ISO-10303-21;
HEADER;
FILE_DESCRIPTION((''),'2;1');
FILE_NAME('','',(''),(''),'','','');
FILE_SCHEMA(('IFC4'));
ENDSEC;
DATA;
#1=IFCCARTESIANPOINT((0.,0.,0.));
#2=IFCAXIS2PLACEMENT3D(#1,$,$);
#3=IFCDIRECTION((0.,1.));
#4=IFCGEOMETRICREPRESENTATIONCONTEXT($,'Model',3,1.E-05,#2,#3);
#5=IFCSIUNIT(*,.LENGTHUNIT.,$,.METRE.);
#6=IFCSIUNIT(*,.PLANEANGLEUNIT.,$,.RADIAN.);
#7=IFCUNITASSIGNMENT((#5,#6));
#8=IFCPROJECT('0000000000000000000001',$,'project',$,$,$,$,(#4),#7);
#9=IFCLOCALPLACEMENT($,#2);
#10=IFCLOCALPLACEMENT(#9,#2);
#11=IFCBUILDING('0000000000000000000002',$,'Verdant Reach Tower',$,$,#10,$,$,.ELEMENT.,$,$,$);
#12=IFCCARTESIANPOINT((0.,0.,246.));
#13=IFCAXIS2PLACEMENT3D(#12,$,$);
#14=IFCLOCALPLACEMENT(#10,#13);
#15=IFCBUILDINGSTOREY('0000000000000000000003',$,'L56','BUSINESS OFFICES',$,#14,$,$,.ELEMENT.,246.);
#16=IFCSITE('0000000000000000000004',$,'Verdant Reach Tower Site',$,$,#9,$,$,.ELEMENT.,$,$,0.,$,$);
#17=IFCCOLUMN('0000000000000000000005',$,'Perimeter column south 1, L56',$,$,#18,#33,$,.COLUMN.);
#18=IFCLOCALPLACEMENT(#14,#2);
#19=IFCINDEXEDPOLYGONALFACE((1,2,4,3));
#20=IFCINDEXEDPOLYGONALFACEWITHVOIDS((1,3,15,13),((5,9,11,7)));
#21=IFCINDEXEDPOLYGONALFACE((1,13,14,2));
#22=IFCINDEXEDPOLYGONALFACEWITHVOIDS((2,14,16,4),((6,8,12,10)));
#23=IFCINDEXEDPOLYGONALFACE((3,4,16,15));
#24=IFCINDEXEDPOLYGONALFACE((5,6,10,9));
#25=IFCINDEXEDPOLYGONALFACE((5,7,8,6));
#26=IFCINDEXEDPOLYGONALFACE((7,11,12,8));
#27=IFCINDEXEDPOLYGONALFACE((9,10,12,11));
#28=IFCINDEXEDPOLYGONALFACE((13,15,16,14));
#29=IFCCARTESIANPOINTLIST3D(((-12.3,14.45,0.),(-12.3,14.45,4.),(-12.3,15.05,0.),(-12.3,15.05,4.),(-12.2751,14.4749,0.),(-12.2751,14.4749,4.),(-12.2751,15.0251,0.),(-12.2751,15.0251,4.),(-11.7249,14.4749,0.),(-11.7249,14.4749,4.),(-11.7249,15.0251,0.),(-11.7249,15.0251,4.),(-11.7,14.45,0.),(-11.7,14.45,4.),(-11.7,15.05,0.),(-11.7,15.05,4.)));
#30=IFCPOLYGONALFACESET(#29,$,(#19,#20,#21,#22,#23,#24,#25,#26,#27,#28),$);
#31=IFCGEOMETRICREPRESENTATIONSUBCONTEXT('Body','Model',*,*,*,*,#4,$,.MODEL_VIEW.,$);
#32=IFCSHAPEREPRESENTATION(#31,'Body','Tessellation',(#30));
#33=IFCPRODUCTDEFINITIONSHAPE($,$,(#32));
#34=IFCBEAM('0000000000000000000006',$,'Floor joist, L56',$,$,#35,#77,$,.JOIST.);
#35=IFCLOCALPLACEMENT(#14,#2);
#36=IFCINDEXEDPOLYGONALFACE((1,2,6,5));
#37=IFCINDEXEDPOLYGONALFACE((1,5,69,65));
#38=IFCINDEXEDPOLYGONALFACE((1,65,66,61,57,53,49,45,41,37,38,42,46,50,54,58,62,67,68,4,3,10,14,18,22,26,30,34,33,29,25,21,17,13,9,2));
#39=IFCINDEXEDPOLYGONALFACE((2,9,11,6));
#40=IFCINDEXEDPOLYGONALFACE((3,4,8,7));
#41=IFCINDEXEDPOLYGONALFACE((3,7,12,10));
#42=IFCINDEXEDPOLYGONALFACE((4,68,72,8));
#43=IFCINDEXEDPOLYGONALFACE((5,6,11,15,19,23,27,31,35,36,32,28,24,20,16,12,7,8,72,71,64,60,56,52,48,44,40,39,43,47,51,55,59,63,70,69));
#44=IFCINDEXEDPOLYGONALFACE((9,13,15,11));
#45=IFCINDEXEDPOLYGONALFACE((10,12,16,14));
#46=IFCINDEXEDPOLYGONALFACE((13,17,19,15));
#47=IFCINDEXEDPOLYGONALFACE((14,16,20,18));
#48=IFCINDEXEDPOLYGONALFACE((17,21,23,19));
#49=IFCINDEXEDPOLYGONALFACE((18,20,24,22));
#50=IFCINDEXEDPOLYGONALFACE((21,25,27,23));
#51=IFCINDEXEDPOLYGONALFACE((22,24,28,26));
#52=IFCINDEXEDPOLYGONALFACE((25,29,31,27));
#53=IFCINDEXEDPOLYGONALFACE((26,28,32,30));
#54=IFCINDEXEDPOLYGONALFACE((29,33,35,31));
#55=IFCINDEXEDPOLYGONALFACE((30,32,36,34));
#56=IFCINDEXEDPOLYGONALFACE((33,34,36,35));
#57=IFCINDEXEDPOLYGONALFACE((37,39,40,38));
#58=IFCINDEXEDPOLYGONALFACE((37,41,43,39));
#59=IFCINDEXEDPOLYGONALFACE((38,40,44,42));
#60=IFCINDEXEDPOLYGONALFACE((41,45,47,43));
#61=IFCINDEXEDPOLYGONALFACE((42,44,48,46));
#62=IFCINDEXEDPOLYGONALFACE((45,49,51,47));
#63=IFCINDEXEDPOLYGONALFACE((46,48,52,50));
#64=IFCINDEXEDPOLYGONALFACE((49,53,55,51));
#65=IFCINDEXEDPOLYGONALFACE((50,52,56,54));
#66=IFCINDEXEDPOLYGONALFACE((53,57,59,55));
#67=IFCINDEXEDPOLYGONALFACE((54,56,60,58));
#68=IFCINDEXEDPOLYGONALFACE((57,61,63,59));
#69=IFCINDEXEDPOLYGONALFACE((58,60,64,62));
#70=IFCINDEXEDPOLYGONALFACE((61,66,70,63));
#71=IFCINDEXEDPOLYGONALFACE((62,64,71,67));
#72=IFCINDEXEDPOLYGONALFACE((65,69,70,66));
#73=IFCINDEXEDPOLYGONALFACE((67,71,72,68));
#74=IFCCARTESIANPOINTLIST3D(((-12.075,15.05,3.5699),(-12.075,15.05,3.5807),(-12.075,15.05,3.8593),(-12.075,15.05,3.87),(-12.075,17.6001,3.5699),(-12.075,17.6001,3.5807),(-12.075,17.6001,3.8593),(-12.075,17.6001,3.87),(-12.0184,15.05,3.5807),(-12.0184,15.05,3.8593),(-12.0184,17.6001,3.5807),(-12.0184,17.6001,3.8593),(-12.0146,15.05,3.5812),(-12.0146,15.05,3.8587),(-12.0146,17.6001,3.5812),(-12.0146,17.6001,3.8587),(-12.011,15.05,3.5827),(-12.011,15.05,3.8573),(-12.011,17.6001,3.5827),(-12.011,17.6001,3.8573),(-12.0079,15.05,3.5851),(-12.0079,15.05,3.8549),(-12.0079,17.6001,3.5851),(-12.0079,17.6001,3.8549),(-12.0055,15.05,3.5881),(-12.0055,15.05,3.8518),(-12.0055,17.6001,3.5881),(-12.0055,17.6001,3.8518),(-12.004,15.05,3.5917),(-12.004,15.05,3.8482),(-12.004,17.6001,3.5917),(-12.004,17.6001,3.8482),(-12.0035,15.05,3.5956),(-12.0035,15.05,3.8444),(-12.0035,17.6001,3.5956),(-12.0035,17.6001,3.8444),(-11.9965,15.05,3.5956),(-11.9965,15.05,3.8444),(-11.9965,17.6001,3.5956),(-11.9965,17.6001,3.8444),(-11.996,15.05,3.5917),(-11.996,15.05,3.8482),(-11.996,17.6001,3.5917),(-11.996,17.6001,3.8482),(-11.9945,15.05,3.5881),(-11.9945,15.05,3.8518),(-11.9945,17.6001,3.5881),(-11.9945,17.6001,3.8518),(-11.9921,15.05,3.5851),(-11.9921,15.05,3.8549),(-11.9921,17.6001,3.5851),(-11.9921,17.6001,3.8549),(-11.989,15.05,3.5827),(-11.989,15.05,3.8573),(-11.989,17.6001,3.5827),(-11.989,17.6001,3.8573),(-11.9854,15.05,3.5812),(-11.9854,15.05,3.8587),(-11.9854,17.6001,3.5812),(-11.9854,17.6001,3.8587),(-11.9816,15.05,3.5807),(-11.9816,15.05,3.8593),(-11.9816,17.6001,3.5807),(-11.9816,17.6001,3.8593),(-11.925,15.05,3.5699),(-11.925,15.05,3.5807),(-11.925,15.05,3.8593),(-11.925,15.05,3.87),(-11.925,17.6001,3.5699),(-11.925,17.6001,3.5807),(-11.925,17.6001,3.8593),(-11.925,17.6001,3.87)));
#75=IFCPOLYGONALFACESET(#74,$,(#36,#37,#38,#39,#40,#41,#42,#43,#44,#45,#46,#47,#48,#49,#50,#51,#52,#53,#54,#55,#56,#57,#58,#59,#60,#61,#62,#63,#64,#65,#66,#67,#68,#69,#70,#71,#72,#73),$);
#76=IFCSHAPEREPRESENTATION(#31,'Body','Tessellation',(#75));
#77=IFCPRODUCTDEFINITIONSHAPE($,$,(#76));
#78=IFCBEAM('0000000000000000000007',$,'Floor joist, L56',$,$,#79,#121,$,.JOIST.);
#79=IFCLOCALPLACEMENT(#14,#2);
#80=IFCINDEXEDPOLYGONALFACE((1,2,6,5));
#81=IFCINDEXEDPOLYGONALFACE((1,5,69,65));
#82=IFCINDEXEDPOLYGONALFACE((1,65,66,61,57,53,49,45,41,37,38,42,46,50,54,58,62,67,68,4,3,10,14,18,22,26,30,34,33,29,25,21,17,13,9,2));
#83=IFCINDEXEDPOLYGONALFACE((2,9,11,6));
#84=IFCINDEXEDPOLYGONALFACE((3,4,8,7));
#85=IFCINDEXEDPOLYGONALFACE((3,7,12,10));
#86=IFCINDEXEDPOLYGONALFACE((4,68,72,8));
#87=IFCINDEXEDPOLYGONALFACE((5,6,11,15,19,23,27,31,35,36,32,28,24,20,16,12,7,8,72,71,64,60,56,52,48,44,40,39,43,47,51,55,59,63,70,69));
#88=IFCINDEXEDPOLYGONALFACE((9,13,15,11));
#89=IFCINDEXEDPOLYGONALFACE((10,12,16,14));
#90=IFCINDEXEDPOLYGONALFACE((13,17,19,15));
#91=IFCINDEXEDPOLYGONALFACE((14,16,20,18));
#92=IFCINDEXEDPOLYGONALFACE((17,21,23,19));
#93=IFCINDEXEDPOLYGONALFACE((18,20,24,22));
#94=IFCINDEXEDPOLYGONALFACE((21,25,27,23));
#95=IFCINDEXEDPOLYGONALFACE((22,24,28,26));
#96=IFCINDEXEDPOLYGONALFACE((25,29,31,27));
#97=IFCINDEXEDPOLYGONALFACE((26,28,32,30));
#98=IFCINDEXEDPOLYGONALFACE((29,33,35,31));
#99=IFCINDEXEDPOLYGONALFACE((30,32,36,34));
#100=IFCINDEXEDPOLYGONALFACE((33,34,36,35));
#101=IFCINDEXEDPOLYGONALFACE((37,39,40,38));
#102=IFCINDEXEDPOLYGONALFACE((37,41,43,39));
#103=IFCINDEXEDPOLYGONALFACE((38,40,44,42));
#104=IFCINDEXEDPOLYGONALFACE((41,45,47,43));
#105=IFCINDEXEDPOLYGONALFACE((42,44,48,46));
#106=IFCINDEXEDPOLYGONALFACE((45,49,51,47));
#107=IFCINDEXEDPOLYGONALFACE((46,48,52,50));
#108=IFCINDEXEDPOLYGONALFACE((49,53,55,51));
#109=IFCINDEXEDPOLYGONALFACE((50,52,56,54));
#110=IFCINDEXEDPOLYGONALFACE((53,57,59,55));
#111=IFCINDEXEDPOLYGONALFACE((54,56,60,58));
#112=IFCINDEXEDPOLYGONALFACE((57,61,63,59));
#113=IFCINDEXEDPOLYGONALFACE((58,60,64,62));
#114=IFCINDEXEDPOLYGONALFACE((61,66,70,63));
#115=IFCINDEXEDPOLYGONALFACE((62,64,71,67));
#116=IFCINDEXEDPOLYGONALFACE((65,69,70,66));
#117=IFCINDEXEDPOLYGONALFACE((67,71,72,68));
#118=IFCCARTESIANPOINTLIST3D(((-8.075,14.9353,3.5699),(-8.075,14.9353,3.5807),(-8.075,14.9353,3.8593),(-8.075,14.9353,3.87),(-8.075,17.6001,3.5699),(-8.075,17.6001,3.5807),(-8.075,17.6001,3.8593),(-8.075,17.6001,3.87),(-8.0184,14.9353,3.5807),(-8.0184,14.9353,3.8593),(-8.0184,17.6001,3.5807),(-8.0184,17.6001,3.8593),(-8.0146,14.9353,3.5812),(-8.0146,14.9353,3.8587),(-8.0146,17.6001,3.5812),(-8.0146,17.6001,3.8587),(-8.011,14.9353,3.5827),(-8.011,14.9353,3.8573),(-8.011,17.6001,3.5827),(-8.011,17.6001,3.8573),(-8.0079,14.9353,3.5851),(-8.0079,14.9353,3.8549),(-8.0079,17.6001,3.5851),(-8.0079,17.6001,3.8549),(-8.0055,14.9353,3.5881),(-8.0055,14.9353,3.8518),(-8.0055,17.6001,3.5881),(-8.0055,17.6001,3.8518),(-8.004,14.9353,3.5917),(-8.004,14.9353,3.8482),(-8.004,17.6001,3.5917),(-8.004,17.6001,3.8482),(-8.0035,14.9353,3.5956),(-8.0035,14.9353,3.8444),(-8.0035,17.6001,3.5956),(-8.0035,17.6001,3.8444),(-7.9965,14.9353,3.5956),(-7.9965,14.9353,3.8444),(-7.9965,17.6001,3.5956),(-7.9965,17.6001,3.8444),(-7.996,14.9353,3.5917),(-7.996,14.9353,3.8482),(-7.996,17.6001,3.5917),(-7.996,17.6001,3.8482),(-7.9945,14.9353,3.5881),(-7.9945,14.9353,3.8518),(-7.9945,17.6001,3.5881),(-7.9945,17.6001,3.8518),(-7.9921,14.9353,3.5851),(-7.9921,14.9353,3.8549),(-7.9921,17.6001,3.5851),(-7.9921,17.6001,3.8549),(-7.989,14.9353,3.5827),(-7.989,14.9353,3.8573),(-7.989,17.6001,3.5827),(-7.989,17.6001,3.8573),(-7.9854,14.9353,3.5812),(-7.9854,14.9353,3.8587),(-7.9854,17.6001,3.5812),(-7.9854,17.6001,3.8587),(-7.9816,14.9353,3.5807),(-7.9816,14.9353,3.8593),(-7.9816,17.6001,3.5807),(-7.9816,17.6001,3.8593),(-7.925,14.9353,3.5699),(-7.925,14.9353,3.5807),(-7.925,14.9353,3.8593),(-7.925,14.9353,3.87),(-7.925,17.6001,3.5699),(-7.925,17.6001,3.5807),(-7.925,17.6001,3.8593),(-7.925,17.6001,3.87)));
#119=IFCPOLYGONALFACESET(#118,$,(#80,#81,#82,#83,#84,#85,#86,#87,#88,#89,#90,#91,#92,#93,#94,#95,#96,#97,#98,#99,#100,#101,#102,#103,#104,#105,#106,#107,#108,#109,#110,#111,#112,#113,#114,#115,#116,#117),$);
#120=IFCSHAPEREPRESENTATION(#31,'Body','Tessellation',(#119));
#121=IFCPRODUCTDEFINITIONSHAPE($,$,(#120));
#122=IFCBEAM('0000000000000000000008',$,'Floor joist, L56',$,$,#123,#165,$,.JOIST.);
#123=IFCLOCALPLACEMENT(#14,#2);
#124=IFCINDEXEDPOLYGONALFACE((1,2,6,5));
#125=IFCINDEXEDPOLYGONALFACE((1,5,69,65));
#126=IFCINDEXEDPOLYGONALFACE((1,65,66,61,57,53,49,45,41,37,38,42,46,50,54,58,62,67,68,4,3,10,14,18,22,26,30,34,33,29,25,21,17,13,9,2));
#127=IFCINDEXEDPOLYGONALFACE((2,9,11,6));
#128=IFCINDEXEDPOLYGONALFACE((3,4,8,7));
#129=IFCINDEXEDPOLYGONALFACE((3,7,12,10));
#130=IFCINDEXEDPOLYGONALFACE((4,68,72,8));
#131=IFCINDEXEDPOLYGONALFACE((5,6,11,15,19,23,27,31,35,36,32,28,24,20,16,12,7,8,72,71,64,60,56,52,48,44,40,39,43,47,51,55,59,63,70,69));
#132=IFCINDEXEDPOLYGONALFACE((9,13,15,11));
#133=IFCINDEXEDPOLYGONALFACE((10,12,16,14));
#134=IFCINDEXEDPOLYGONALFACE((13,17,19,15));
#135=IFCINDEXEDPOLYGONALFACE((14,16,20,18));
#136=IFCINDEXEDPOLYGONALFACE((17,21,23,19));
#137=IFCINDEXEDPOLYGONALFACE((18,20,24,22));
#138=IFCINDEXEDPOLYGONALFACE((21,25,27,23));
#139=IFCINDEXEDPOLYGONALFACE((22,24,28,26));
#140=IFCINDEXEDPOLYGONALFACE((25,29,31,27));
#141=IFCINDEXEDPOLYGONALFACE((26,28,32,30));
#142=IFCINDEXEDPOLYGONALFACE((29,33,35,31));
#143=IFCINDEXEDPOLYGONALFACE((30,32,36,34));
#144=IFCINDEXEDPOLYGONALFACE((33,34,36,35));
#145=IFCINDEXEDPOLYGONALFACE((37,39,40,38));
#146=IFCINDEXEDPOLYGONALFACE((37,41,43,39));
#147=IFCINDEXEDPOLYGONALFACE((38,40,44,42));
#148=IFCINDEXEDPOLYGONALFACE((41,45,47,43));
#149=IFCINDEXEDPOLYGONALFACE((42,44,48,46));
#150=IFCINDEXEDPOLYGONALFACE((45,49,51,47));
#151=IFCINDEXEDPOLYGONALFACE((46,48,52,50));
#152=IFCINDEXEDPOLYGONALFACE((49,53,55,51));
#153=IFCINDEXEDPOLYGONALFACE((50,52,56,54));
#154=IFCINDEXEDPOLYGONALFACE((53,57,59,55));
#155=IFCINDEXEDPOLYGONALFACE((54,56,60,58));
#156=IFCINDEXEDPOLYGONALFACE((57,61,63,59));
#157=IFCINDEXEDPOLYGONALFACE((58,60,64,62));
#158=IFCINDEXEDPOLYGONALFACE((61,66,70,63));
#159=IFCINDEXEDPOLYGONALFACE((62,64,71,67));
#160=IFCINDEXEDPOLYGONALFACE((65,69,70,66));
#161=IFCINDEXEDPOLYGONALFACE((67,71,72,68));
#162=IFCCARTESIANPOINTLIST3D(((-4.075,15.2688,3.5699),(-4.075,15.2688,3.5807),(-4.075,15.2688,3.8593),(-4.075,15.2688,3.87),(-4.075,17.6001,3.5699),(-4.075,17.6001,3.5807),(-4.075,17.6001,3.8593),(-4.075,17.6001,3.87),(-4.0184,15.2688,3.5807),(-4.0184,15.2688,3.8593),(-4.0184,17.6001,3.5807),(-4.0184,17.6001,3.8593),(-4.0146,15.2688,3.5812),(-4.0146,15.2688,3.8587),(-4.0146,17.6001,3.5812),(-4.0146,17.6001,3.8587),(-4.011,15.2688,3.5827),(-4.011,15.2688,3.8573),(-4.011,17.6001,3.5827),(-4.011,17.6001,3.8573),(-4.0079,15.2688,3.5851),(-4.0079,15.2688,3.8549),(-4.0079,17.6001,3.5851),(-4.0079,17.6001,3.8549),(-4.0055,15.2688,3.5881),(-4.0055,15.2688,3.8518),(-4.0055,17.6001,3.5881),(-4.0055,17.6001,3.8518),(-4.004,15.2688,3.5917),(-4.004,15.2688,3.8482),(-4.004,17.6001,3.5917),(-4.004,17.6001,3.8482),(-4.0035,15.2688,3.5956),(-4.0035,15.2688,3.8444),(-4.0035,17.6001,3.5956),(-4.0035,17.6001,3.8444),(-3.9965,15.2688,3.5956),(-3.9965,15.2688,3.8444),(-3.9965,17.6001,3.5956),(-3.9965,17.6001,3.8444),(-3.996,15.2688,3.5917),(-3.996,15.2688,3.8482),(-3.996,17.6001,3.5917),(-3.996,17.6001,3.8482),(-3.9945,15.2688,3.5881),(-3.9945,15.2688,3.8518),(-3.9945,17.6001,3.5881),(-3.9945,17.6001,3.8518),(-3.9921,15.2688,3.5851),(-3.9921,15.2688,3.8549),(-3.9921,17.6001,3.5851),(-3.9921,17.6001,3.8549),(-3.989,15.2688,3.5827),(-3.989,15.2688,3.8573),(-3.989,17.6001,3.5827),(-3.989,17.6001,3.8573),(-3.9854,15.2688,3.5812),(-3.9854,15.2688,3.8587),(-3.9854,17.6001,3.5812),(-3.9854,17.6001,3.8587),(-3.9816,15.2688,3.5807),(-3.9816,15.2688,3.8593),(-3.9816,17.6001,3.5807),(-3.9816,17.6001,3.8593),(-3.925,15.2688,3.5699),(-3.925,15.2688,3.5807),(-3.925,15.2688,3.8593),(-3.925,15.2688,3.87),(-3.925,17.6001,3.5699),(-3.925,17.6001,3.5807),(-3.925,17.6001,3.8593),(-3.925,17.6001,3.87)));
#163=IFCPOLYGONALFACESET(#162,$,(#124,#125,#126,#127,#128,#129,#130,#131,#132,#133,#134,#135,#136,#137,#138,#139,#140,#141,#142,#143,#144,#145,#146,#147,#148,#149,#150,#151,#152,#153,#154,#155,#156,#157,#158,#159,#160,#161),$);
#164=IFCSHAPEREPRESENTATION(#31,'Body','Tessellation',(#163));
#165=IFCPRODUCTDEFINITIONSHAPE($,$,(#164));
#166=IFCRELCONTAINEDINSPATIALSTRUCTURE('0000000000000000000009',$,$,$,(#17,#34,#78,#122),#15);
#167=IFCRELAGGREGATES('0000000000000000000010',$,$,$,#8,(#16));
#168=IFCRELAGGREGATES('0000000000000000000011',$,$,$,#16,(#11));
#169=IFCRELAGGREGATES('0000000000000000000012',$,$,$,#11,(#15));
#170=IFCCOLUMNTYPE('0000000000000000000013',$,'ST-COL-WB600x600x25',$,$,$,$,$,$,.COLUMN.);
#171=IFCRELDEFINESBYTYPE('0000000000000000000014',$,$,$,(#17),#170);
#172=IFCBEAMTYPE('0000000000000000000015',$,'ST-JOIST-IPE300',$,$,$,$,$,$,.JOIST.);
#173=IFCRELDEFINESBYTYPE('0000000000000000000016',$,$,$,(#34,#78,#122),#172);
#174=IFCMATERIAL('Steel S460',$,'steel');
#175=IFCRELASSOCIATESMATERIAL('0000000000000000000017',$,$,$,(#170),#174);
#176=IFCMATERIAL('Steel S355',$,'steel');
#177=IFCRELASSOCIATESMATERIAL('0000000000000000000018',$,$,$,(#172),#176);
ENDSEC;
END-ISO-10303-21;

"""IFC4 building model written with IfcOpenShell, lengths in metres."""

from ifc_helpers import new_model, si_unit, direction, frame, origin, origin_2d, place, context, subcontext, project, spatial, hollow_rectangle, i_section, extrude, material, material_profile, profile_set, type_object, element, save


model = new_model("IFC4")

# Units and contexts
model_context = context("Model", 3, precision=1e-05, world=origin(), true_north=direction((0.0, 1.0)))
body_context = subcontext(model_context, "Body", "Model", "MODEL_VIEW")
ifc_project = project(units=[si_unit("LENGTHUNIT", "METRE"), si_unit("PLANEANGLEUNIT", "RADIAN")], contexts=[model_context])

# Site, building, storey
site_placement = place(None, origin())
site = spatial("IfcSite", under=ifc_project, at=site_placement, Name="Verdant Reach Tower Site", CompositionType="ELEMENT", RefElevation=0.0)
building_placement = place(site_placement, origin())
building = spatial("IfcBuilding", under=site, at=building_placement, Name="Verdant Reach Tower", CompositionType="ELEMENT")
storey_placement = place(building_placement, frame((0.0, 0.0, 246.0)))
storey = spatial("IfcBuildingStorey", under=building, at=storey_placement, Name="L56", Description="BUSINESS OFFICES", CompositionType="ELEMENT", Elevation=246.0)

# Column
ifc_material_1 = material(Name="Steel S460", Category="steel")
ifc_material_profile_1 = material_profile(ifc_material_1, hollow_rectangle(XDim=0.6001, YDim=0.6001, WallThickness=0.0249, at=origin_2d()), Name="WB 600x600x25")
ifc_profile_set_1 = profile_set([ifc_material_profile_1], Name="Steel S460")
column_type = type_object("IfcColumnType", Name="ST-COL-WB600x600x25", PredefinedType="COLUMN", material=ifc_profile_set_1)
column_placement = place(storey_placement, frame((-12.0, 14.75, 0.0), z_axis=(0.0, 0.0, 1.0), x_axis=(1.0, 0.0, 0.0)))
element("IfcColumn", 1, at=column_placement, inside=storey, type_object=column_type, Name="Perimeter column south 1, L56", PredefinedType="COLUMN", context=body_context, shape_type="SweptSolid", body=[
    extrude(hollow_rectangle(XDim=0.6001, YDim=0.6001, WallThickness=0.0249, at=origin_2d()), origin(), (0.0, 0.0, 1.0), 4.0),
])

# Beams
ifc_material_2 = material(Name="Steel S355", Category="steel")
ifc_material_profile_2 = material_profile(ifc_material_2, i_section(OverallWidth=0.1499, OverallDepth=0.3, WebThickness=0.0071, FlangeThickness=0.0107, FilletRadius=0.0149, at=origin_2d()), Name="IPE 300")
ifc_profile_set_2 = profile_set([ifc_material_profile_2], Name="Steel S355")
beam_type_1 = type_object("IfcBeamType", Name="ST-JOIST-IPE300", PredefinedType="JOIST", material=ifc_profile_set_2)
beam_1_placement = place(storey_placement, frame((-12.0, 17.6001, 3.72), z_axis=(0.0, -1.0, 0.0), x_axis=(1.0, 0.0, 0.0)))
element("IfcBeam", 2, at=beam_1_placement, inside=storey, type_object=beam_type_1, Name="Floor joist, L56", PredefinedType="JOIST", context=body_context, shape_type="SweptSolid", body=[
    extrude(i_section(OverallWidth=0.1499, OverallDepth=0.3, WebThickness=0.0071, FlangeThickness=0.0107, FilletRadius=0.0149, at=origin_2d()), origin(), (0.0, 0.0, 1.0), 2.55),
])
beam_2_placement = place(storey_placement, frame((-8.0, 17.6001, 3.72), z_axis=(0.0, -1.0, 0.0), x_axis=(1.0, 0.0, 0.0)))
element("IfcBeam", 3, at=beam_2_placement, inside=storey, type_object=beam_type_1, Name="Floor joist, L56", PredefinedType="JOIST", context=body_context, shape_type="SweptSolid", body=[
    extrude(i_section(OverallWidth=0.1499, OverallDepth=0.3, WebThickness=0.0071, FlangeThickness=0.0107, FilletRadius=0.0149, at=origin_2d()), origin(), (0.0, 0.0, 1.0), 2.6648),
])
beam_3_placement = place(storey_placement, frame((-4.0, 17.6001, 3.72), z_axis=(0.0, -1.0, 0.0), x_axis=(1.0, 0.0, 0.0)))
element("IfcBeam", 4, at=beam_3_placement, inside=storey, type_object=beam_type_1, Name="Floor joist, L56", PredefinedType="JOIST", context=body_context, shape_type="SweptSolid", body=[
    extrude(i_section(OverallWidth=0.1499, OverallDepth=0.3, WebThickness=0.0071, FlangeThickness=0.0107, FilletRadius=0.0149, at=origin_2d()), origin(), (0.0, 0.0, 1.0), 2.3313),
])

save(model, "model.ifc")
